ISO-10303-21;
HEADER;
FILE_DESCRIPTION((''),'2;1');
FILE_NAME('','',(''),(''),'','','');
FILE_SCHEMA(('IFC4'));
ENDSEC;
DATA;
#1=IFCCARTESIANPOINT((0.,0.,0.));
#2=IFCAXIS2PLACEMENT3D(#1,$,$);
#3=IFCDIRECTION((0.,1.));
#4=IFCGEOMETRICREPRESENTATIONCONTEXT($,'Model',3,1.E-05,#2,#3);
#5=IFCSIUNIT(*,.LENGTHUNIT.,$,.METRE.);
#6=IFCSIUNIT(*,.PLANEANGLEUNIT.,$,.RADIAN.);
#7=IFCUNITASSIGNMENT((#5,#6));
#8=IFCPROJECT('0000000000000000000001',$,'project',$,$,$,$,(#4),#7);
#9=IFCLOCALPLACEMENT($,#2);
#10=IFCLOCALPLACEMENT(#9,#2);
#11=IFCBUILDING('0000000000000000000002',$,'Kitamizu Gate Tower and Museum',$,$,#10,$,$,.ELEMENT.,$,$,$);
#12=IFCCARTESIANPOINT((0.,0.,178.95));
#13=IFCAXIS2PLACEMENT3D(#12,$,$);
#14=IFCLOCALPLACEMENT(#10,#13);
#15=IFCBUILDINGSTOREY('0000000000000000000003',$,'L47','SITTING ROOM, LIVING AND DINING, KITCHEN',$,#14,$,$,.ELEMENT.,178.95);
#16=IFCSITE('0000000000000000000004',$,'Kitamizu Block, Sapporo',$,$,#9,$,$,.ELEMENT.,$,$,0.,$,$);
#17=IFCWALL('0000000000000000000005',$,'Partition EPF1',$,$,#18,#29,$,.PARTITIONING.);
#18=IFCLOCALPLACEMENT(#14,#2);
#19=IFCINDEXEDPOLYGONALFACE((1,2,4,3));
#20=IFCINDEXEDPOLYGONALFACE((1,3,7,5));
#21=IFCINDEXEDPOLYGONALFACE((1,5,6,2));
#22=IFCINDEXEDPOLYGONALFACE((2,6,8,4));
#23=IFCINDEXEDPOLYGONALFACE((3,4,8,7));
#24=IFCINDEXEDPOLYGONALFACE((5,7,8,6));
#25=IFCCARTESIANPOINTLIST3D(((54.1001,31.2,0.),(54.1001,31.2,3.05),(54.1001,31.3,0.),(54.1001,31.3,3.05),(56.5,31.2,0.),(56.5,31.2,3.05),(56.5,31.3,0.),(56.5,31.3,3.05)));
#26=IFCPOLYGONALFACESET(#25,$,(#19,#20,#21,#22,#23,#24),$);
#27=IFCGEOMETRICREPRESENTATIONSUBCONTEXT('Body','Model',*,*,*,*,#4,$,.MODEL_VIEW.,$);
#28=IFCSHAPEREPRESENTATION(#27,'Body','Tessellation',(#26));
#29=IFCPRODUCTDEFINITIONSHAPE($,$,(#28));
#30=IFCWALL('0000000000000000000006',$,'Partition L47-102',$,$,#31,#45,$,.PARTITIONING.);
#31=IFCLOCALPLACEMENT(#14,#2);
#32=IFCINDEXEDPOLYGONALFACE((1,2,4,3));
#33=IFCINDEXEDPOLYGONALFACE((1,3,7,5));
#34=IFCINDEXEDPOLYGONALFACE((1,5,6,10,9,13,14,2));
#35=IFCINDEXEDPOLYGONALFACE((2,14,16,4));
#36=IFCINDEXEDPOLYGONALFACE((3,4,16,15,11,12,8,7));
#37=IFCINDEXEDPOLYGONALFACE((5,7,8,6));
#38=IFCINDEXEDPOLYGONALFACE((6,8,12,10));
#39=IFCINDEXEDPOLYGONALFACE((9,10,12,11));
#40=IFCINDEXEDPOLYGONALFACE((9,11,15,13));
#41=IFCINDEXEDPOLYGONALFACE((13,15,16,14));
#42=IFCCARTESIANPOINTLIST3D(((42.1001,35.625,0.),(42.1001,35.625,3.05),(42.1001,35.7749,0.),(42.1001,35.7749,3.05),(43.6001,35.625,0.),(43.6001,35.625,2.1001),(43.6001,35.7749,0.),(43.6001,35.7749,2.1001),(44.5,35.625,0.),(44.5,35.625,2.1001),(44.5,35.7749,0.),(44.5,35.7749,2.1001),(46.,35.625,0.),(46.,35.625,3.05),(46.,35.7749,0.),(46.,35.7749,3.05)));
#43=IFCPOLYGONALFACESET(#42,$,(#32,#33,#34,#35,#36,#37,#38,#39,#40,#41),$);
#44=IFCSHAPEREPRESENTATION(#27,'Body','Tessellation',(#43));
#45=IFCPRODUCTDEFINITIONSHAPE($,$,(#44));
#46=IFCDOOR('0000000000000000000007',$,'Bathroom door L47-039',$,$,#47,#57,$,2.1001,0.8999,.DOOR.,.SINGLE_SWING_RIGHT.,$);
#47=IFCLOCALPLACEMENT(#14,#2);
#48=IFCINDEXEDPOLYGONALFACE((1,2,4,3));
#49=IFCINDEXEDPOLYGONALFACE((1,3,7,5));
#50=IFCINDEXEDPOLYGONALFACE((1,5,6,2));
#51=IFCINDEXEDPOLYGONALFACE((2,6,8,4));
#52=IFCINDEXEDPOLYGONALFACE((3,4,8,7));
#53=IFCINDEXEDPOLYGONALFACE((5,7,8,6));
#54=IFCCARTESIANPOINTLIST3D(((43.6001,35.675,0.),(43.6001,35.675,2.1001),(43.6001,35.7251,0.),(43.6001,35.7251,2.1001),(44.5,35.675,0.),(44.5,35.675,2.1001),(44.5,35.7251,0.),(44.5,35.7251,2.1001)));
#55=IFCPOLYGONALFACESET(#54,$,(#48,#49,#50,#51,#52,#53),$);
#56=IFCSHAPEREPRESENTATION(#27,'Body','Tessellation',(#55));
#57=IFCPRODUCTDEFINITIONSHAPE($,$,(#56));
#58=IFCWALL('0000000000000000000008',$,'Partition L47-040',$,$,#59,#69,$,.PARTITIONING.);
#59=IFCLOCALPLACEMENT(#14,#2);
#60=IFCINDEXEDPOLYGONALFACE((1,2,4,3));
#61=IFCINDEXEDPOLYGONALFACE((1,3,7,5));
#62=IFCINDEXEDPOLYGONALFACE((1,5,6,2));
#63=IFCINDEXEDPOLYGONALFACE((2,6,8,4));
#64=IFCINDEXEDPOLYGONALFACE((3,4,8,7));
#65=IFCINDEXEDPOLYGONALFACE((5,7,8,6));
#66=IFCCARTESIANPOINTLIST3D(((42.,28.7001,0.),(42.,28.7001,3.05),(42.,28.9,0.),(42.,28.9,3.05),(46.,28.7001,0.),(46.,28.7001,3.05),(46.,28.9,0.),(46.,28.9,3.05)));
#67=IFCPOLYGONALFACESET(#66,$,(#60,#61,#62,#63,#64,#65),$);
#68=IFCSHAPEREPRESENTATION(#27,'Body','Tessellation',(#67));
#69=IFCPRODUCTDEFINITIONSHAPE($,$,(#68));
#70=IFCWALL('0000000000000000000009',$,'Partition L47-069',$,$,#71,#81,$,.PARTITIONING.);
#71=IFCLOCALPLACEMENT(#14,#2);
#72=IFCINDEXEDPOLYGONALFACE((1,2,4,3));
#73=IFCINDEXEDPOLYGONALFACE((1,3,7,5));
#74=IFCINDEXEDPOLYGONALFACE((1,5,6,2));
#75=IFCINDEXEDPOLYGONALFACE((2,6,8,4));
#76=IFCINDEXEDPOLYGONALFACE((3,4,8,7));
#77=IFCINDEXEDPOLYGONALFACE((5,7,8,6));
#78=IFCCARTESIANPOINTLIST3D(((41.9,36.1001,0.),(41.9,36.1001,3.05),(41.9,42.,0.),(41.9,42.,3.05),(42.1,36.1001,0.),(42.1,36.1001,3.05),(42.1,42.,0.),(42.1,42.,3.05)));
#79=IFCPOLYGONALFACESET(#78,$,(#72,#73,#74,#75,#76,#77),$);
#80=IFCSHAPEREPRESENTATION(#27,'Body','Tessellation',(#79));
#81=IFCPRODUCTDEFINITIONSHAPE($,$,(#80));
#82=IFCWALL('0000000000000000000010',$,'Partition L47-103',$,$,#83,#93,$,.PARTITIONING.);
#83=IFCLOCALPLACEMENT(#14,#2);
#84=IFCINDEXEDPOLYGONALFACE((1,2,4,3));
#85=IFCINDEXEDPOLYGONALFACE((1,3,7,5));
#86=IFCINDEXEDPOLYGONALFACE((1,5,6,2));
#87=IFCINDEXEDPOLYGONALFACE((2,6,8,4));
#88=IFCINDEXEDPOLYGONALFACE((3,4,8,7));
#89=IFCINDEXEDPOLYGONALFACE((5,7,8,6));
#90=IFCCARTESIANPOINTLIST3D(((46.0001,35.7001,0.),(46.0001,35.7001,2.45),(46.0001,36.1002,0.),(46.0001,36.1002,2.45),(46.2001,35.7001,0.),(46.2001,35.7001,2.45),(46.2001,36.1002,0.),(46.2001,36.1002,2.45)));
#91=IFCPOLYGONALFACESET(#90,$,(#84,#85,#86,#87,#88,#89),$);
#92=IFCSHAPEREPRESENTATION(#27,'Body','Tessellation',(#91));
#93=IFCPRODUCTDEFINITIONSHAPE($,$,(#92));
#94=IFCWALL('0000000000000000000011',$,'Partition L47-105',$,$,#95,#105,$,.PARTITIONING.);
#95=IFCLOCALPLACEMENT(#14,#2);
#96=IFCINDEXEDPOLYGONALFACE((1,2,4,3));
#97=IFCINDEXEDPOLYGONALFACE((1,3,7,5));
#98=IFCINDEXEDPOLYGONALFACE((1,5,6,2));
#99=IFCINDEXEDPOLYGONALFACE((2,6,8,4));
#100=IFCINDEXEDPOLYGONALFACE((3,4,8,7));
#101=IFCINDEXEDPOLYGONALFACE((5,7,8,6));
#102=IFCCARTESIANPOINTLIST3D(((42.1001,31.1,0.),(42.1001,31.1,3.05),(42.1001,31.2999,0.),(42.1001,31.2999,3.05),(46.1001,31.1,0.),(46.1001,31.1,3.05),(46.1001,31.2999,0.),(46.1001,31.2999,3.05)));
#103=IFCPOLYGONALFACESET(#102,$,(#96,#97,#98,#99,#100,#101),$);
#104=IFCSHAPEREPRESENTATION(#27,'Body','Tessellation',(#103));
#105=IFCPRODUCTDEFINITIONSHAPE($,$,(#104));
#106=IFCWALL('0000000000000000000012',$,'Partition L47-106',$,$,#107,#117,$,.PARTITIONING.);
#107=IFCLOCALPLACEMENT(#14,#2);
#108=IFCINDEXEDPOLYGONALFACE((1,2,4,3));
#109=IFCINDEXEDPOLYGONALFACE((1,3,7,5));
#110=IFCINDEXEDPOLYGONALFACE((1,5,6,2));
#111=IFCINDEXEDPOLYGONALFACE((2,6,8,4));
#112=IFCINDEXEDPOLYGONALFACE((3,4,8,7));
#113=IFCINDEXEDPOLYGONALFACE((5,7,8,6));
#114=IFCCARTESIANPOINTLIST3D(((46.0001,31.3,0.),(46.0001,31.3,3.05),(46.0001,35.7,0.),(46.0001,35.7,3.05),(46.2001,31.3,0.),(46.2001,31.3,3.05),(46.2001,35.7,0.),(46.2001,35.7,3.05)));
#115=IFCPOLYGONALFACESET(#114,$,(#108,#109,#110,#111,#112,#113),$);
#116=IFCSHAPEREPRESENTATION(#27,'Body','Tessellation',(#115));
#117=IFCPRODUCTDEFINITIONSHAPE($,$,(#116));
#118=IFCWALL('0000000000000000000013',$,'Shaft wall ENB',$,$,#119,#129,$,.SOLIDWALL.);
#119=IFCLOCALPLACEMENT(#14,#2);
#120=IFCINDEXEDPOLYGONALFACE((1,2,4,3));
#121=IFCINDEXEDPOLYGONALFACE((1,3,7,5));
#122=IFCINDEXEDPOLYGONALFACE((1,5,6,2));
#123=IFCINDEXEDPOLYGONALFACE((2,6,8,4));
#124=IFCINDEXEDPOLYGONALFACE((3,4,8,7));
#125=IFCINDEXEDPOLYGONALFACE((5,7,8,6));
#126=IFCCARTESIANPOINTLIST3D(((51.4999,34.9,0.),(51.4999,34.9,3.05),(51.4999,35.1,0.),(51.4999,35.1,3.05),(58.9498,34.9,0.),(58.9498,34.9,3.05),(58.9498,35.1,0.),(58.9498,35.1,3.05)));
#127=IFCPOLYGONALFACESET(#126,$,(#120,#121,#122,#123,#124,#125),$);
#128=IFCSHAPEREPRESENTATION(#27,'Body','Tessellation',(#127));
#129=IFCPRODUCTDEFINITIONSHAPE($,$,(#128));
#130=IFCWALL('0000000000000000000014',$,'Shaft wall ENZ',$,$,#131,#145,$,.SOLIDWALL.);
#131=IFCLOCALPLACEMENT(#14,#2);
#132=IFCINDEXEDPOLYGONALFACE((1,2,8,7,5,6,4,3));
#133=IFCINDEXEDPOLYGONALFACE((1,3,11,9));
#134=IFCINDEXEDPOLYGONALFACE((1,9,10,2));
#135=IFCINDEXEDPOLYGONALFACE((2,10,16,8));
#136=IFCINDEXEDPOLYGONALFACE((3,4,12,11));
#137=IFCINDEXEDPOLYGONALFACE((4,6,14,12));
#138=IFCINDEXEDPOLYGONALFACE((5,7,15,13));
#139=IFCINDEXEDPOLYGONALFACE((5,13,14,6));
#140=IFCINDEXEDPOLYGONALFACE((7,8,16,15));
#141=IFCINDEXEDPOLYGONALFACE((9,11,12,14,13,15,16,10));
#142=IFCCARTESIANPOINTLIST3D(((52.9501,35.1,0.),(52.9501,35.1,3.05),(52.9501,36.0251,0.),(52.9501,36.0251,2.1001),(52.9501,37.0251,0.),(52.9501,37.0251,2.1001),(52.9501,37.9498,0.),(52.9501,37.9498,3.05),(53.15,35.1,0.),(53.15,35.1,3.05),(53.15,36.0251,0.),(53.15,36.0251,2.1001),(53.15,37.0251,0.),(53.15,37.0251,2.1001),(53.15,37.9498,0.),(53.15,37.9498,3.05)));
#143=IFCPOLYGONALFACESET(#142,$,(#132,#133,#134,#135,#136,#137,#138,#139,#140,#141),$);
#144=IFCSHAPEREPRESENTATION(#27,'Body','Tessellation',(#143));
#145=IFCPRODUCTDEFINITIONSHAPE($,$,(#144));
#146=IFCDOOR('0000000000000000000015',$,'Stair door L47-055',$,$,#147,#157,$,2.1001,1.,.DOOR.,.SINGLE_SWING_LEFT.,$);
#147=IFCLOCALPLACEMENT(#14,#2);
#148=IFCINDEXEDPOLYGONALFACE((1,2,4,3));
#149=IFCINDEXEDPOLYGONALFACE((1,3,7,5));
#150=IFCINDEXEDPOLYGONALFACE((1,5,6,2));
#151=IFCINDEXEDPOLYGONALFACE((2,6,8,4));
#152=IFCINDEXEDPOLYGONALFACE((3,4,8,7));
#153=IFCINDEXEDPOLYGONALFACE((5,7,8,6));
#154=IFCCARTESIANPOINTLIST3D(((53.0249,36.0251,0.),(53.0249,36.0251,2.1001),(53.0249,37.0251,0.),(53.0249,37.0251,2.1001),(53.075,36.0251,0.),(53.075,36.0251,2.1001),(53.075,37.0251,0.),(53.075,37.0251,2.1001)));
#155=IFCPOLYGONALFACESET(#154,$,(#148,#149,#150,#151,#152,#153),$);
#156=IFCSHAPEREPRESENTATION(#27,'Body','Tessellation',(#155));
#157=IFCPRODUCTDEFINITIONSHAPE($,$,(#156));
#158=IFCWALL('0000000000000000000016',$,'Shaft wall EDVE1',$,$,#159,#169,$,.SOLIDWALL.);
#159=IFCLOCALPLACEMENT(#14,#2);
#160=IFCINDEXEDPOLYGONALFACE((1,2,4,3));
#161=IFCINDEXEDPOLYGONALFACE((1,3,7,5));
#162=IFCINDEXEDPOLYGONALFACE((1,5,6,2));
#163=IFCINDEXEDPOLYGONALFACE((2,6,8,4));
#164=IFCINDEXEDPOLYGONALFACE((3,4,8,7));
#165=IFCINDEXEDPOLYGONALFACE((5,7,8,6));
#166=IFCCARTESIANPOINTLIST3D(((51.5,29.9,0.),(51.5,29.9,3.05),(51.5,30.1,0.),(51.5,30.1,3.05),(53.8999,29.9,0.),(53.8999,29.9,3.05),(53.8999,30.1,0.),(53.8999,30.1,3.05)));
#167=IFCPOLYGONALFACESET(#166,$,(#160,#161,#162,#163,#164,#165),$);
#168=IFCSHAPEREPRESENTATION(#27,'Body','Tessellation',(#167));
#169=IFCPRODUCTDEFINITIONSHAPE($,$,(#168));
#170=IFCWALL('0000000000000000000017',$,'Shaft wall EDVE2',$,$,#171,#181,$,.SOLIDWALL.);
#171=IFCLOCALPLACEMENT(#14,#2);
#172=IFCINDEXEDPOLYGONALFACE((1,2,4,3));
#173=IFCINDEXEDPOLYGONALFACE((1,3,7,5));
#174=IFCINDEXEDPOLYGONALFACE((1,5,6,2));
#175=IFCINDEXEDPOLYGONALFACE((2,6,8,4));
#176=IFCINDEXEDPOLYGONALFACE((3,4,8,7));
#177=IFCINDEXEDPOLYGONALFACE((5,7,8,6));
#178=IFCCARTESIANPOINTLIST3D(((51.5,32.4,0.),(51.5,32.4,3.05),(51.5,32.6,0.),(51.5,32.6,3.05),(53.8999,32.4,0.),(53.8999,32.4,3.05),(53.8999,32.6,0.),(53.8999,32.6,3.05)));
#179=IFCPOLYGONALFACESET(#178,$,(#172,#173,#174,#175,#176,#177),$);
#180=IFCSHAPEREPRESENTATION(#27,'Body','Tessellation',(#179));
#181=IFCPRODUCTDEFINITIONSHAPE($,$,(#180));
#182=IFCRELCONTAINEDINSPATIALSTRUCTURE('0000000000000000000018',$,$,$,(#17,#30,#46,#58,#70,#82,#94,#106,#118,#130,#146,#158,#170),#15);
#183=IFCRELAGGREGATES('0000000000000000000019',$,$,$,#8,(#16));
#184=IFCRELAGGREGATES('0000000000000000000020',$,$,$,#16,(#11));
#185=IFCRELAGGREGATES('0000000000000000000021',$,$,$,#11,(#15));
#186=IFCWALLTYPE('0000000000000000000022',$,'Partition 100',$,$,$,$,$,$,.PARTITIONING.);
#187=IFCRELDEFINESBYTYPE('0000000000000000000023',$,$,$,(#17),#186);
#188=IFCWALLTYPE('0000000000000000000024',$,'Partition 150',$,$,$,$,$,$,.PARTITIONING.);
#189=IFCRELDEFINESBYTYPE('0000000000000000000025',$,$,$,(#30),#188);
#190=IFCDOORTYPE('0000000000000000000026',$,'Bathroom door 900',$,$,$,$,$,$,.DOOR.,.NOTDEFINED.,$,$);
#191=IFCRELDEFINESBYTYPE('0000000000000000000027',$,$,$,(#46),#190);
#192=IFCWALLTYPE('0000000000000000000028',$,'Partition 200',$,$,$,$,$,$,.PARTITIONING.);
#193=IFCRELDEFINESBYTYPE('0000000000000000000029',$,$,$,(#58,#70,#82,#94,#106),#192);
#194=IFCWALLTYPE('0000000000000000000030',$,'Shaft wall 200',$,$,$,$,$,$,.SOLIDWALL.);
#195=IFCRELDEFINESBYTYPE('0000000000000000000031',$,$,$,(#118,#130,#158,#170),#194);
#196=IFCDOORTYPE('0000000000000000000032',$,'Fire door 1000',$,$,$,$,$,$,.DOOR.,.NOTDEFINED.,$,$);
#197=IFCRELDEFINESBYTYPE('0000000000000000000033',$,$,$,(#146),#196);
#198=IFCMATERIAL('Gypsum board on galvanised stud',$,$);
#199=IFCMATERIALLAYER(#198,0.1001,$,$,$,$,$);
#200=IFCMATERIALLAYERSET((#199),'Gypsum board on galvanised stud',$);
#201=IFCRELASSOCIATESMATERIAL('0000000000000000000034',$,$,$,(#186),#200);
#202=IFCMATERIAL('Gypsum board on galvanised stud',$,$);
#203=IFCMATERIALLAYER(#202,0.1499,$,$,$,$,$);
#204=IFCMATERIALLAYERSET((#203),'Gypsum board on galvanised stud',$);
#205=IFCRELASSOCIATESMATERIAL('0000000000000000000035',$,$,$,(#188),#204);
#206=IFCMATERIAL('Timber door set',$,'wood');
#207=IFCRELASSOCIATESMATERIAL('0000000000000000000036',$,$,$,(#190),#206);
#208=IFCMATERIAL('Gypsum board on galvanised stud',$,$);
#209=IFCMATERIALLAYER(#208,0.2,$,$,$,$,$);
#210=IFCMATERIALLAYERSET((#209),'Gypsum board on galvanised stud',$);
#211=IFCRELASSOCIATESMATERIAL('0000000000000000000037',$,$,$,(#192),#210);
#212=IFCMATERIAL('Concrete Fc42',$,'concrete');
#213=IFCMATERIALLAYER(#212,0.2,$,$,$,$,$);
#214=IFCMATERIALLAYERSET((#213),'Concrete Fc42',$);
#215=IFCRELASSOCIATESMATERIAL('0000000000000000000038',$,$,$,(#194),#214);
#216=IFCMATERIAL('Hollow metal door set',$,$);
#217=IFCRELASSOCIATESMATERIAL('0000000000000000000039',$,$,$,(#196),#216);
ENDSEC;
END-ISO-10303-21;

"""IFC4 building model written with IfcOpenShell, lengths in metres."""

from ifc_helpers import new_model, si_unit, direction, frame, frame_2d, origin, place, context, subcontext, project, spatial, rectangle, extrude, material, layer, layer_set, type_object, element, fill, save


model = new_model("IFC4")

# Units and contexts
model_context = context("Model", 3, precision=1e-05, world=origin(), true_north=direction((0.0, 1.0)))
body_context = subcontext(model_context, "Body", "Model", "MODEL_VIEW")
ifc_project = project(units=[si_unit("LENGTHUNIT", "METRE"), si_unit("PLANEANGLEUNIT", "RADIAN")], contexts=[model_context])

# Site, building, storey
site_placement = place(None, origin())
site = spatial("IfcSite", under=ifc_project, at=site_placement, Name="Kitamizu Block, Sapporo", CompositionType="ELEMENT", RefElevation=0.0)
building_placement = place(site_placement, origin())
building = spatial("IfcBuilding", under=site, at=building_placement, Name="Kitamizu Gate Tower and Museum", CompositionType="ELEMENT")
storey_placement = place(building_placement, frame((0.0, 0.0, 178.95)))
storey = spatial("IfcBuildingStorey", under=building, at=storey_placement, Name="L47", Description="SITTING ROOM, LIVING AND DINING, KITCHEN", CompositionType="ELEMENT", Elevation=178.95)

# Wall
ifc_material_1 = material(Name="Gypsum board on galvanised stud")
ifc_layer_1 = layer(ifc_material_1, 0.1001)
ifc_layer_set_1 = layer_set([ifc_layer_1], Name="Gypsum board on galvanised stud")
wall_type_1 = type_object("IfcWallType", Name="Partition 100", PredefinedType="PARTITIONING", material=ifc_layer_set_1)
wall_1_placement = place(storey_placement, frame((56.5, 31.25, 0.0), z_axis=(0.0, 0.0, 1.0), x_axis=(-1.0, 0.0, 0.0)))
element("IfcWall", 1, at=wall_1_placement, inside=storey, type_object=wall_type_1, Name="Partition EPF1", PredefinedType="PARTITIONING", context=body_context, shape_type="SweptSolid", body=[
    extrude(rectangle(XDim=2.3999, YDim=0.1001, at=frame_2d((1.2, 0.0))), origin(), (0.0, 0.0, 1.0), 3.05),
])

# Wall, opening, door
ifc_material_2 = material(Name="Gypsum board on galvanised stud")
ifc_layer_2 = layer(ifc_material_2, 0.1499)
ifc_layer_set_2 = layer_set([ifc_layer_2], Name="Gypsum board on galvanised stud")
wall_type_2 = type_object("IfcWallType", Name="Partition 150", PredefinedType="PARTITIONING", material=ifc_layer_set_2)
wall_2_placement = place(storey_placement, frame((42.1001, 35.7, 0.0), z_axis=(0.0, 0.0, 1.0), x_axis=(1.0, 0.0, 0.0)))
wall_2 = element("IfcWall", 2, at=wall_2_placement, inside=storey, type_object=wall_type_2, Name="Partition L47-102", PredefinedType="PARTITIONING", context=body_context, shape_type="SweptSolid", body=[
    extrude(rectangle(XDim=3.8999, YDim=0.1499, at=frame_2d((1.95, 0.0))), origin(), (0.0, 0.0, 1.0), 3.05),
])
opening_1_placement = place(wall_2_placement, frame((1.5, 0.0, 0.0)))
opening_1 = element("IfcOpeningElement", 3, at=opening_1_placement, cuts=wall_2, PredefinedType="OPENING", context=body_context, shape_type="SweptSolid", body=[
    extrude(rectangle(XDim=0.8999, YDim=2.1001, at=frame_2d((0.45, 1.05))), frame((0.0, 0.085, 0.0), z_axis=(0.0, -1.0, 0.0), x_axis=(1.0, 0.0, 0.0)), (0.0, 0.0, 1.0), 0.1699),
])
ifc_material_3 = material(Name="Timber door set", Category="wood")
door_type_1 = type_object("IfcDoorType", Name="Bathroom door 900", OperationType="NOTDEFINED", PredefinedType="DOOR", material=ifc_material_3)
door_1_placement = place(opening_1_placement, frame((0.8999, 0.0, 0.0), x_axis=(-1.0, 0.0, 0.0)))
door_1 = element("IfcDoor", 4, at=door_1_placement, inside=storey, type_object=door_type_1, Name="Bathroom door L47-039", OperationType="SINGLE_SWING_RIGHT", OverallHeight=2.1001, OverallWidth=0.8999, PredefinedType="DOOR", context=body_context, shape_type="SweptSolid", body=[
    extrude(rectangle(XDim=0.8999, YDim=2.1001, at=frame_2d((0.45, 1.05))), frame((0.0, 0.0249, 0.0), z_axis=(0.0, -1.0, 0.0), x_axis=(1.0, 0.0, 0.0)), (0.0, 0.0, 1.0), 0.05),
])
fill(opening_1, door_1)

# Walls
ifc_material_4 = material(Name="Gypsum board on galvanised stud")
ifc_layer_3 = layer(ifc_material_4, 0.2)
ifc_layer_set_3 = layer_set([ifc_layer_3], Name="Gypsum board on galvanised stud")
wall_type_3 = type_object("IfcWallType", Name="Partition 200", PredefinedType="PARTITIONING", material=ifc_layer_set_3)
wall_3_placement = place(storey_placement, frame((46.0, 28.8, 0.0), z_axis=(0.0, 0.0, 1.0), x_axis=(-1.0, 0.0, 0.0)))
element("IfcWall", 5, at=wall_3_placement, inside=storey, type_object=wall_type_3, Name="Partition L47-040", PredefinedType="PARTITIONING", context=body_context, shape_type="SweptSolid", body=[
    extrude(rectangle(XDim=4.0, YDim=0.2, at=frame_2d((2.0, 0.0))), origin(), (0.0, 0.0, 1.0), 3.05),
])
wall_4_placement = place(storey_placement, frame((42.0, 36.1001, 0.0), z_axis=(0.0, 0.0, 1.0), x_axis=(0.0, 1.0, 0.0)))
element("IfcWall", 6, at=wall_4_placement, inside=storey, type_object=wall_type_3, Name="Partition L47-069", PredefinedType="PARTITIONING", context=body_context, shape_type="SweptSolid", body=[
    extrude(rectangle(XDim=5.8999, YDim=0.2, at=frame_2d((2.95, 0.0))), origin(), (0.0, 0.0, 1.0), 3.05),
])
wall_5_placement = place(storey_placement, frame((46.1001, 35.7, 0.0), z_axis=(0.0, 0.0, 1.0), x_axis=(0.0, 1.0, 0.0)))
element("IfcWall", 7, at=wall_5_placement, inside=storey, type_object=wall_type_3, Name="Partition L47-103", PredefinedType="PARTITIONING", context=body_context, shape_type="SweptSolid", body=[
    extrude(rectangle(XDim=0.4001, YDim=0.2, at=frame_2d((0.2002, 0.0))), origin(), (0.0, 0.0, 1.0), 2.45),
])
wall_6_placement = place(storey_placement, frame((42.1001, 31.2, 0.0), z_axis=(0.0, 0.0, 1.0), x_axis=(1.0, 0.0, 0.0)))
element("IfcWall", 8, at=wall_6_placement, inside=storey, type_object=wall_type_3, Name="Partition L47-105", PredefinedType="PARTITIONING", context=body_context, shape_type="SweptSolid", body=[
    extrude(rectangle(XDim=4.0, YDim=0.2, at=frame_2d((2.0, 0.0))), origin(), (0.0, 0.0, 1.0), 3.05),
])
wall_7_placement = place(storey_placement, frame((46.1001, 31.3, 0.0), z_axis=(0.0, 0.0, 1.0), x_axis=(0.0, 1.0, 0.0)))
element("IfcWall", 9, at=wall_7_placement, inside=storey, type_object=wall_type_3, Name="Partition L47-106", PredefinedType="PARTITIONING", context=body_context, shape_type="SweptSolid", body=[
    extrude(rectangle(XDim=4.3999, YDim=0.2, at=frame_2d((2.2, 0.0))), origin(), (0.0, 0.0, 1.0), 3.05),
])
ifc_material_5 = material(Name="Concrete Fc42", Category="concrete")
ifc_layer_4 = layer(ifc_material_5, 0.2)
ifc_layer_set_4 = layer_set([ifc_layer_4], Name="Concrete Fc42")
wall_type_4 = type_object("IfcWallType", Name="Shaft wall 200", PredefinedType="SOLIDWALL", material=ifc_layer_set_4)
wall_8_placement = place(storey_placement, frame((58.95, 35.0, 0.0), z_axis=(0.0, 0.0, 1.0), x_axis=(-1.0, 0.0, 0.0)))
element("IfcWall", 10, at=wall_8_placement, inside=storey, type_object=wall_type_4, Name="Shaft wall ENB", PredefinedType="SOLIDWALL", context=body_context, shape_type="SweptSolid", body=[
    extrude(rectangle(XDim=7.45, YDim=0.2, at=frame_2d((3.7251, 0.0))), origin(), (0.0, 0.0, 1.0), 3.05),
])

# Wall, opening, door
wall_9_placement = place(storey_placement, frame((53.05, 35.1001, 0.0), z_axis=(0.0, 0.0, 1.0), x_axis=(0.0, 1.0, 0.0)))
wall_9 = element("IfcWall", 11, at=wall_9_placement, inside=storey, type_object=wall_type_4, Name="Shaft wall ENZ", PredefinedType="SOLIDWALL", context=body_context, shape_type="SweptSolid", body=[
    extrude(rectangle(XDim=2.8499, YDim=0.2, at=frame_2d((1.4248, 0.0))), origin(), (0.0, 0.0, 1.0), 3.05),
])
opening_2_placement = place(wall_9_placement, frame((0.925, 0.0, 0.0)))
opening_2 = element("IfcOpeningElement", 12, at=opening_2_placement, cuts=wall_9, PredefinedType="OPENING", context=body_context, shape_type="SweptSolid", body=[
    extrude(rectangle(XDim=1.0, YDim=2.1001, at=frame_2d((0.5, 1.05))), frame((0.0, 0.1099, 0.0), z_axis=(0.0, -1.0, 0.0), x_axis=(1.0, 0.0, 0.0)), (0.0, 0.0, 1.0), 0.22),
])
ifc_material_6 = material(Name="Hollow metal door set")
door_type_2 = type_object("IfcDoorType", Name="Fire door 1000", OperationType="NOTDEFINED", PredefinedType="DOOR", material=ifc_material_6)
door_2_placement = place(opening_2_placement, frame((1.0, 0.0, 0.0), x_axis=(-1.0, 0.0, 0.0)))
door_2 = element("IfcDoor", 13, at=door_2_placement, inside=storey, type_object=door_type_2, Name="Stair door L47-055", OperationType="SINGLE_SWING_LEFT", OverallHeight=2.1001, OverallWidth=1.0, PredefinedType="DOOR", context=body_context, shape_type="SweptSolid", body=[
    extrude(rectangle(XDim=1.0, YDim=2.1001, at=frame_2d((0.5, 1.05))), frame((0.0, 0.0249, 0.0), z_axis=(0.0, -1.0, 0.0), x_axis=(1.0, 0.0, 0.0)), (0.0, 0.0, 1.0), 0.05),
])
fill(opening_2, door_2)

# Walls
for number, where, z_axis, x_axis, name in (
    (14, (53.8999, 30.0, 0.0), (0.0, 0.0, 1.0), (-1.0, 0.0, 0.0), "Shaft wall EDVE1"),
    (15, (53.8999, 32.5, 0.0), (0.0, 0.0, 1.0), (-1.0, 0.0, 0.0), "Shaft wall EDVE2"),
):
    element("IfcWall", number, at=place(storey_placement, frame(where, z_axis=z_axis, x_axis=x_axis)), inside=storey, type_object=wall_type_4, Name=name, PredefinedType="SOLIDWALL", context=body_context, shape_type="SweptSolid", body=[
        extrude(rectangle(XDim=2.3999, YDim=0.2, at=frame_2d((1.2, 0.0))), origin(), (0.0, 0.0, 1.0), 3.05),
    ])

save(model, "model.ifc")
